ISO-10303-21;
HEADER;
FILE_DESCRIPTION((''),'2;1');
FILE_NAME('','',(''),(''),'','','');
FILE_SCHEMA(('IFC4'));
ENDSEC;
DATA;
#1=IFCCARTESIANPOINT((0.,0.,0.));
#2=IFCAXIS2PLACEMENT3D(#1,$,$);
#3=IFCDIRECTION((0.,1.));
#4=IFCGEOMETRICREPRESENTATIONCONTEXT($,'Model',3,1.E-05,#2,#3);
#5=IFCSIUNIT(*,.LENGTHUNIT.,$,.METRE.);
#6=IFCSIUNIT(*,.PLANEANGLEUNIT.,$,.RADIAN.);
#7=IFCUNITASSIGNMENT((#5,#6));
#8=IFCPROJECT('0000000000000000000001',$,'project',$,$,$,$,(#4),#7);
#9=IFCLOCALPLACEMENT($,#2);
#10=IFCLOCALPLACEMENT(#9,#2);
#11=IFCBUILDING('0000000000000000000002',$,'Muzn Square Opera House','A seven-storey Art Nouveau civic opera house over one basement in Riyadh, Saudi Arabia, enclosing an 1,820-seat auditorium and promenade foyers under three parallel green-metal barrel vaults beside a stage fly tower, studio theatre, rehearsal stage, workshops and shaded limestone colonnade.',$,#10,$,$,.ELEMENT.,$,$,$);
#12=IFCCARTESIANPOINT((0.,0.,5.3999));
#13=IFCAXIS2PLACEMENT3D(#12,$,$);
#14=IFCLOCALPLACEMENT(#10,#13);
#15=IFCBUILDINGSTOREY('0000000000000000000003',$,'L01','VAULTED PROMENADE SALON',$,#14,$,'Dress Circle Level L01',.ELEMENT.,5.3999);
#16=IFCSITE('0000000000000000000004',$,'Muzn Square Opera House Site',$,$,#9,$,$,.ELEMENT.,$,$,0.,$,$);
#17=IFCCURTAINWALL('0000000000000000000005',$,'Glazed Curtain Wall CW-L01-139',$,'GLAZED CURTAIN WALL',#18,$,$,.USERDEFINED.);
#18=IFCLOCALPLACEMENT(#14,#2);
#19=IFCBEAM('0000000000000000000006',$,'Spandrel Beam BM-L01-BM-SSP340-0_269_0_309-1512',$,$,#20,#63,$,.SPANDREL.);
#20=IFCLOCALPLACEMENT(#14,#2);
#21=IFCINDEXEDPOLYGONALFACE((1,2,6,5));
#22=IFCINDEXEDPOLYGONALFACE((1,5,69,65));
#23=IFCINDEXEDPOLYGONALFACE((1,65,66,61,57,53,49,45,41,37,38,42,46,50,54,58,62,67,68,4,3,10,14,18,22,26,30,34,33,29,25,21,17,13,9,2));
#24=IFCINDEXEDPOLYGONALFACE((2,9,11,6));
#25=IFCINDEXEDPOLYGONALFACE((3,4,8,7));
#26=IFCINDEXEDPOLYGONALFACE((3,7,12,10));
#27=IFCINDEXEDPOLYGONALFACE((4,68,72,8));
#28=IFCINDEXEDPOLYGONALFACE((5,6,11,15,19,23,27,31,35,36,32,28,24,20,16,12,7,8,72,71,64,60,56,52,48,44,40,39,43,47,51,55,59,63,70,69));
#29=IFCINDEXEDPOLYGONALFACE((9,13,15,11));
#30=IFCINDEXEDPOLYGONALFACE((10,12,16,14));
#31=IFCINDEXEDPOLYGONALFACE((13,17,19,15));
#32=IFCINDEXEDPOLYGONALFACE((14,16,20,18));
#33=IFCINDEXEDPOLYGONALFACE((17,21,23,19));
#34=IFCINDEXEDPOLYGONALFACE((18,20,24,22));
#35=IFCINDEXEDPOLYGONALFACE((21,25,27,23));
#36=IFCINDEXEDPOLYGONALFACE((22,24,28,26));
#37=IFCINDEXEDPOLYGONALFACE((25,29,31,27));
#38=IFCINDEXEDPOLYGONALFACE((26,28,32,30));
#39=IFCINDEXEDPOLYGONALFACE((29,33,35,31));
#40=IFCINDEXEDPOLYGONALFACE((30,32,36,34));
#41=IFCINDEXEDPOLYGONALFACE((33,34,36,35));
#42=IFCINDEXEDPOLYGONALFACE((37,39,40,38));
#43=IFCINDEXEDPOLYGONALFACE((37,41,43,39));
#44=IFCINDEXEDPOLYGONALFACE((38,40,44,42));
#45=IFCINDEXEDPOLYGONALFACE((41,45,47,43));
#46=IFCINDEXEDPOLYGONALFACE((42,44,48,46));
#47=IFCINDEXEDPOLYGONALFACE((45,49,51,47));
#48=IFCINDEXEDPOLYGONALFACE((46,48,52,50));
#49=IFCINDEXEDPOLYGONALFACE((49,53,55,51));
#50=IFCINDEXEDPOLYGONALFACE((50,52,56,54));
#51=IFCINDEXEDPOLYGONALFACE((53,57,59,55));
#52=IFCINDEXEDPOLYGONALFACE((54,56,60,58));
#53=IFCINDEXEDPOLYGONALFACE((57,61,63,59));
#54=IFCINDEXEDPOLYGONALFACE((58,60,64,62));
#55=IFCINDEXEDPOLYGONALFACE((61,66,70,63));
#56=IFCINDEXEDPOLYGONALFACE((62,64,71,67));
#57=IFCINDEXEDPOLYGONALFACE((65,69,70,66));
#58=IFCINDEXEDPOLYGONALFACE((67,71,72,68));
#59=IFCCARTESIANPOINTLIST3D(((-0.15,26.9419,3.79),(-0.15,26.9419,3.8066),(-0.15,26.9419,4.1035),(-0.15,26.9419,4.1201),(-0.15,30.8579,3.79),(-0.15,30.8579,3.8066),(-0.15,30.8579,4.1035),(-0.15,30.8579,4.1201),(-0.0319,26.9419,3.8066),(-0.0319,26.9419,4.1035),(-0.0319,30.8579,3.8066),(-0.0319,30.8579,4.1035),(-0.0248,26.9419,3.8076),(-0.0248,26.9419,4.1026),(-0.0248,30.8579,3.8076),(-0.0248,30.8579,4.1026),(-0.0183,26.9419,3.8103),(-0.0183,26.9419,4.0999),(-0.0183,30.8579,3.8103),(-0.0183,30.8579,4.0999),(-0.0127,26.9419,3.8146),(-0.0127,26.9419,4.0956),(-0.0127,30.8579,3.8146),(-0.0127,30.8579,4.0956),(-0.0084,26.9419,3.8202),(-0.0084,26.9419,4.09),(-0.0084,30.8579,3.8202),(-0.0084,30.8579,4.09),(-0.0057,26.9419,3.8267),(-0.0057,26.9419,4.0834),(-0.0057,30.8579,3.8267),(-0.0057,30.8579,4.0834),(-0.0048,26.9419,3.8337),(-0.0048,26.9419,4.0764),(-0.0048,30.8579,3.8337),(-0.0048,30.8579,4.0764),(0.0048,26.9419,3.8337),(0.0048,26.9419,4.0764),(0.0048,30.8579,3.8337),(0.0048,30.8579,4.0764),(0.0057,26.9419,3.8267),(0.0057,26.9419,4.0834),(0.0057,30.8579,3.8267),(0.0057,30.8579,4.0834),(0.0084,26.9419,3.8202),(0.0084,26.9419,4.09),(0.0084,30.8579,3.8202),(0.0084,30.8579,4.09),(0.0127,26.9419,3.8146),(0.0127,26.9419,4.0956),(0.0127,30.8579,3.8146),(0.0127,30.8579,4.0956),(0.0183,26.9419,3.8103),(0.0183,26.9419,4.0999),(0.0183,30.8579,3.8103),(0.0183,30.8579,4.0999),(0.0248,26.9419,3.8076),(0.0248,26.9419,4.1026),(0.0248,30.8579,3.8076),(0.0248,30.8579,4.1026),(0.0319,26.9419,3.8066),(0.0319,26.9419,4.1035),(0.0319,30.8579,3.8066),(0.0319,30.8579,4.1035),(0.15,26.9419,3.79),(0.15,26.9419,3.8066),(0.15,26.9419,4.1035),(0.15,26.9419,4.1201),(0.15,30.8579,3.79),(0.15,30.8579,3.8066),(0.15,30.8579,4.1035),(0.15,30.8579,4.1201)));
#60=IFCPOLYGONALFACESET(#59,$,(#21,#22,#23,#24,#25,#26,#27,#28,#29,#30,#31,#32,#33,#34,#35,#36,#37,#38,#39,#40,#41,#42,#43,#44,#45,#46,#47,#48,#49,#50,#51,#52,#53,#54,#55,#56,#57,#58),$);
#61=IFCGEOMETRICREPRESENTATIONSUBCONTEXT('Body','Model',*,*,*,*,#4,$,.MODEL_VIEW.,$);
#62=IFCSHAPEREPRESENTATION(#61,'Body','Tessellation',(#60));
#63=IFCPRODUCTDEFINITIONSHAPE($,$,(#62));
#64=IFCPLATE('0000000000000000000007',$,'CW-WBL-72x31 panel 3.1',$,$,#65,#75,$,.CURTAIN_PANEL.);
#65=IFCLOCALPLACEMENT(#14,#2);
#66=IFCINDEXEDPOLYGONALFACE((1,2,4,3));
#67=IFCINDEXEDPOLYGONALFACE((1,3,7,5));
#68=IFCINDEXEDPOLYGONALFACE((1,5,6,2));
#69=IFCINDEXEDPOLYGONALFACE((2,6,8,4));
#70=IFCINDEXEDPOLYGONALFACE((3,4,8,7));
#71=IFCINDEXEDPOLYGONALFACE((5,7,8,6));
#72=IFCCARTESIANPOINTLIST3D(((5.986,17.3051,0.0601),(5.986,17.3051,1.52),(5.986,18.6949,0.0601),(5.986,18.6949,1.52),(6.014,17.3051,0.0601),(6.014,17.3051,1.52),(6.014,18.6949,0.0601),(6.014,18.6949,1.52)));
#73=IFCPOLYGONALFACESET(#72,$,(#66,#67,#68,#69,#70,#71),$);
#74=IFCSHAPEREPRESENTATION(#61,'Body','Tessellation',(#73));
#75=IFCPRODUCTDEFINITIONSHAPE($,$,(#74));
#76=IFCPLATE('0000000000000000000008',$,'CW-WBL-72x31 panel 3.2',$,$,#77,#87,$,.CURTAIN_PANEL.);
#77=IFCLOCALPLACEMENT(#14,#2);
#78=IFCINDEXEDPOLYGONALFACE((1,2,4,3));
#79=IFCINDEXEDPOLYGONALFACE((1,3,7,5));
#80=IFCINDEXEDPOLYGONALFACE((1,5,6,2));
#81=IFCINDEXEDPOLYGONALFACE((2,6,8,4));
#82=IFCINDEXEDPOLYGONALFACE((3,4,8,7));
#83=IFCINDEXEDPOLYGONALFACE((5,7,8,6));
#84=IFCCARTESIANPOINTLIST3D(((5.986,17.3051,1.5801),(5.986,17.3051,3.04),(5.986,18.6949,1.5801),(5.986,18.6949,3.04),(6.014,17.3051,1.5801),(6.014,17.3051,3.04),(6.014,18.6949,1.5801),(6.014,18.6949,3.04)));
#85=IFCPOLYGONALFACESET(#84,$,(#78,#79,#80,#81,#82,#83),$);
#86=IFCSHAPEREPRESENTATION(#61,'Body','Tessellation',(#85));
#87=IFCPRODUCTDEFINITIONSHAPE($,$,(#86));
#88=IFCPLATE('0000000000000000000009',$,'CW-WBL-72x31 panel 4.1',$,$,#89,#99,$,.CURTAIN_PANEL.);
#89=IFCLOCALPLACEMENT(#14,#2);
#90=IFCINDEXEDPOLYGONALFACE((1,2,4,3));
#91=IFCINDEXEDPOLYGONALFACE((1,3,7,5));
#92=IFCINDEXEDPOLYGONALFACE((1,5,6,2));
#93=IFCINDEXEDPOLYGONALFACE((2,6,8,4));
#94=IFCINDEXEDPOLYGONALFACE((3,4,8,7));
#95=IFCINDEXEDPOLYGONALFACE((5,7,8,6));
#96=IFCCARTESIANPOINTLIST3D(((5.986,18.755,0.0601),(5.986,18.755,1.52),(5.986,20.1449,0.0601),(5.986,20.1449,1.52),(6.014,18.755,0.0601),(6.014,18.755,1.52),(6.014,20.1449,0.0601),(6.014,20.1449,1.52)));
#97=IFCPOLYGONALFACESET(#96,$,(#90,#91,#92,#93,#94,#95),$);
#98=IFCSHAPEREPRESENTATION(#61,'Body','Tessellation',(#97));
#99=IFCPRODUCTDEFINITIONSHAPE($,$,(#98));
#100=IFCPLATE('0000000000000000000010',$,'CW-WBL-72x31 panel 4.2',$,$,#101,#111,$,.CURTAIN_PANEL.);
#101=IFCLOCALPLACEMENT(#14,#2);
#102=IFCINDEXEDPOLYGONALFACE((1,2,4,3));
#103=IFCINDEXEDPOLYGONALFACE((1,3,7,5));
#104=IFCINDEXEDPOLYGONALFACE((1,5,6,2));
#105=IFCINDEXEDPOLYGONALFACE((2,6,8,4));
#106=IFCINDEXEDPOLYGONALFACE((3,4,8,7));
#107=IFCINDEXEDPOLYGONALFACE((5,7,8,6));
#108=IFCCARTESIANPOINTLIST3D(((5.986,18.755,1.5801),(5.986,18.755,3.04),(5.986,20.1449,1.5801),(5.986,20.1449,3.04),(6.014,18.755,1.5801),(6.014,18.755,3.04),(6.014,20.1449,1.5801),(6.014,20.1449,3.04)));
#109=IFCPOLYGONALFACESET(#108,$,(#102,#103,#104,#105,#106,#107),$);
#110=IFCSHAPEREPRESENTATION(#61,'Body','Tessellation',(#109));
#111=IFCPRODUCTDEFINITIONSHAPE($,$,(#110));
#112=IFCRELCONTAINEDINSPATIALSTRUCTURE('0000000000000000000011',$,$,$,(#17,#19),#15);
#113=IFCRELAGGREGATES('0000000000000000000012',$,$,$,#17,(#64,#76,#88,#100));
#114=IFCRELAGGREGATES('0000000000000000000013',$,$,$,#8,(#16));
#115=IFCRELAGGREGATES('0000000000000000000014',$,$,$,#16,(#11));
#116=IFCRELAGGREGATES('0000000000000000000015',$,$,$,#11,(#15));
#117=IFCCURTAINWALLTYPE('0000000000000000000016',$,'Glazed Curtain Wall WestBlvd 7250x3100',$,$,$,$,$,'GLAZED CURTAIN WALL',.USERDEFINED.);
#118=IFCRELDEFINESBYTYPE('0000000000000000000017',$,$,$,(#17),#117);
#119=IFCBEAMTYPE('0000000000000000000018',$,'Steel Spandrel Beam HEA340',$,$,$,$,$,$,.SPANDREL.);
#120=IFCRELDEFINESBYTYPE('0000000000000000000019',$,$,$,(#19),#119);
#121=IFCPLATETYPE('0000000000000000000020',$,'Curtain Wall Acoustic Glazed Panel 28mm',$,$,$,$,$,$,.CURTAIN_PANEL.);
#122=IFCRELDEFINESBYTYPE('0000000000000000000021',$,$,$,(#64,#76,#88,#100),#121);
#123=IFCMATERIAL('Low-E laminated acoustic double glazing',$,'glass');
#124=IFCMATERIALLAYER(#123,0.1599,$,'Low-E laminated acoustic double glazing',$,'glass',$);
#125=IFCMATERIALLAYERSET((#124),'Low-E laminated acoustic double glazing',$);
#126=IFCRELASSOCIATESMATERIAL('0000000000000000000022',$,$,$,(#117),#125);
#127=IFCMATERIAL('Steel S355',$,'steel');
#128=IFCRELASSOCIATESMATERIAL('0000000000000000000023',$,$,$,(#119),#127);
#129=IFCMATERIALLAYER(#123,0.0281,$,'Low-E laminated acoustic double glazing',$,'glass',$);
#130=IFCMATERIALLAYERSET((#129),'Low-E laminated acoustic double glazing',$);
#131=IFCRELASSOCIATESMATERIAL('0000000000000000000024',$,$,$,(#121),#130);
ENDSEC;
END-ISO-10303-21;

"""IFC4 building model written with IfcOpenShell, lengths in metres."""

from ifc_helpers import new_model, si_unit, direction, frame, origin, origin_2d, place, context, subcontext, project, spatial, rectangle, i_section, extrude, material, layer, layer_set, material_profile, profile_set, type_object, element, aggregate, save


model = new_model("IFC4")

# Units and contexts
model_context = context("Model", 3, precision=1e-05, world=origin(), true_north=direction((0.0, 1.0)))
body_context = subcontext(model_context, "Body", "Model", "MODEL_VIEW")
ifc_project = project(units=[si_unit("LENGTHUNIT", "METRE"), si_unit("PLANEANGLEUNIT", "RADIAN")], contexts=[model_context])

# Site, building, storey
site_placement = place(None, origin())
site = spatial("IfcSite", under=ifc_project, at=site_placement, Name="Muzn Square Opera House Site", CompositionType="ELEMENT", RefElevation=0.0)
building_placement = place(site_placement, origin())
building = spatial("IfcBuilding", under=site, at=building_placement, Name="Muzn Square Opera House", Description="A seven-storey Art Nouveau civic opera house over one basement in Riyadh, Saudi Arabia, enclosing an 1,820-seat auditorium and promenade foyers under three parallel green-metal barrel vaults beside a stage fly tower, studio theatre, rehearsal stage, workshops and shaded limestone colonnade.", CompositionType="ELEMENT")
storey_placement = place(building_placement, frame((0.0, 0.0, 5.3999)))
storey = spatial("IfcBuildingStorey", under=building, at=storey_placement, Name="L01", Description="VAULTED PROMENADE SALON", LongName="Dress Circle Level L01", CompositionType="ELEMENT", Elevation=5.3999)

# Curtain wall
ifc_material_1 = material(Name="Low-E laminated acoustic double glazing", Category="glass")
ifc_layer_1 = layer(ifc_material_1, 0.1599, Name="Low-E laminated acoustic double glazing", Category="glass")
ifc_layer_set_1 = layer_set([ifc_layer_1], Name="Low-E laminated acoustic double glazing")
curtain_wall_type = type_object("IfcCurtainWallType", Name="Glazed Curtain Wall WestBlvd 7250x3100", ElementType="GLAZED CURTAIN WALL", PredefinedType="USERDEFINED", material=ifc_layer_set_1)
curtain_wall_placement = place(storey_placement, origin())
curtain_wall = element("IfcCurtainWall", 1, at=curtain_wall_placement, inside=storey, type_object=curtain_wall_type, Name="Glazed Curtain Wall CW-L01-139", ObjectType="GLAZED CURTAIN WALL", PredefinedType="USERDEFINED")

# Beam
ifc_material_2 = material(Name="Steel S355", Category="steel")
ifc_material_profile_1 = material_profile(ifc_material_2, i_section(OverallWidth=0.3, OverallDepth=0.3301, WebThickness=0.0095, FlangeThickness=0.0166, FilletRadius=0.0271, at=origin_2d()), Name="HEA 340", Category="steel")
ifc_profile_set_1 = profile_set([ifc_material_profile_1], Name="Steel S355")
beam_type_1 = type_object("IfcBeamType", Name="Steel Spandrel Beam HEA340", PredefinedType="SPANDREL", material=ifc_profile_set_1)
for number, where, z_axis, x_axis, name in (
    (2, (0.0, 26.9419, 3.9551), (0.0, 1.0, 0.0), (-1.0, 0.0, 0.0), "Spandrel Beam BM-L01-BM-SSP340-0_269_0_309-1512"),
):
    element("IfcBeam", number, at=place(storey_placement, frame(where, z_axis=z_axis, x_axis=x_axis)), inside=storey, type_object=beam_type_1, Name=name, PredefinedType="SPANDREL", context=body_context, shape_type="SweptSolid", body=[
        extrude(i_section(OverallWidth=0.3, OverallDepth=0.3301, WebThickness=0.0095, FlangeThickness=0.0166, FilletRadius=0.0271, at=origin_2d()), origin(), (0.0, 0.0, 1.0), 3.916),
    ])

# Plates
ifc_layer_2 = layer(ifc_material_1, 0.0281, Name="Low-E laminated acoustic double glazing", Category="glass")
ifc_layer_set_2 = layer_set([ifc_layer_2], Name="Low-E laminated acoustic double glazing")
plate_type = type_object("IfcPlateType", Name="Curtain Wall Acoustic Glazed Panel 28mm", PredefinedType="CURTAIN_PANEL", material=ifc_layer_set_2)
plate_1_placement = place(storey_placement, frame((6.0, 18.0, 0.0601), z_axis=(0.0, 0.0, 1.0), x_axis=(0.0, 1.0, 0.0)))
plate_1 = element("IfcPlate", 3, at=plate_1_placement, type_object=plate_type, Name="CW-WBL-72x31 panel 3.1", PredefinedType="CURTAIN_PANEL", context=body_context, shape_type="SweptSolid", body=[
    extrude(rectangle(XDim=1.3899, YDim=0.0281, at=origin_2d()), origin(), (0.0, 0.0, 1.0), 1.46),
])
plate_2_placement = place(storey_placement, frame((6.0, 18.0, 1.5801), z_axis=(0.0, 0.0, 1.0), x_axis=(0.0, 1.0, 0.0)))
plate_2 = element("IfcPlate", 4, at=plate_2_placement, type_object=plate_type, Name="CW-WBL-72x31 panel 3.2", PredefinedType="CURTAIN_PANEL", context=body_context, shape_type="SweptSolid", body=[
    extrude(rectangle(XDim=1.3899, YDim=0.0281, at=origin_2d()), origin(), (0.0, 0.0, 1.0), 1.46),
])
plate_3_placement = place(storey_placement, frame((6.0, 19.45, 0.0601), z_axis=(0.0, 0.0, 1.0), x_axis=(0.0, 1.0, 0.0)))
plate_3 = element("IfcPlate", 5, at=plate_3_placement, type_object=plate_type, Name="CW-WBL-72x31 panel 4.1", PredefinedType="CURTAIN_PANEL", context=body_context, shape_type="SweptSolid", body=[
    extrude(rectangle(XDim=1.3899, YDim=0.0281, at=origin_2d()), origin(), (0.0, 0.0, 1.0), 1.46),
])
plate_4_placement = place(storey_placement, frame((6.0, 19.45, 1.5801), z_axis=(0.0, 0.0, 1.0), x_axis=(0.0, 1.0, 0.0)))
plate_4 = element("IfcPlate", 6, at=plate_4_placement, type_object=plate_type, Name="CW-WBL-72x31 panel 4.2", PredefinedType="CURTAIN_PANEL", context=body_context, shape_type="SweptSolid", body=[
    extrude(rectangle(XDim=1.3899, YDim=0.0281, at=origin_2d()), origin(), (0.0, 0.0, 1.0), 1.46),
])
aggregate(curtain_wall, [plate_1, plate_2, plate_3, plate_4])

save(model, "model.ifc")
